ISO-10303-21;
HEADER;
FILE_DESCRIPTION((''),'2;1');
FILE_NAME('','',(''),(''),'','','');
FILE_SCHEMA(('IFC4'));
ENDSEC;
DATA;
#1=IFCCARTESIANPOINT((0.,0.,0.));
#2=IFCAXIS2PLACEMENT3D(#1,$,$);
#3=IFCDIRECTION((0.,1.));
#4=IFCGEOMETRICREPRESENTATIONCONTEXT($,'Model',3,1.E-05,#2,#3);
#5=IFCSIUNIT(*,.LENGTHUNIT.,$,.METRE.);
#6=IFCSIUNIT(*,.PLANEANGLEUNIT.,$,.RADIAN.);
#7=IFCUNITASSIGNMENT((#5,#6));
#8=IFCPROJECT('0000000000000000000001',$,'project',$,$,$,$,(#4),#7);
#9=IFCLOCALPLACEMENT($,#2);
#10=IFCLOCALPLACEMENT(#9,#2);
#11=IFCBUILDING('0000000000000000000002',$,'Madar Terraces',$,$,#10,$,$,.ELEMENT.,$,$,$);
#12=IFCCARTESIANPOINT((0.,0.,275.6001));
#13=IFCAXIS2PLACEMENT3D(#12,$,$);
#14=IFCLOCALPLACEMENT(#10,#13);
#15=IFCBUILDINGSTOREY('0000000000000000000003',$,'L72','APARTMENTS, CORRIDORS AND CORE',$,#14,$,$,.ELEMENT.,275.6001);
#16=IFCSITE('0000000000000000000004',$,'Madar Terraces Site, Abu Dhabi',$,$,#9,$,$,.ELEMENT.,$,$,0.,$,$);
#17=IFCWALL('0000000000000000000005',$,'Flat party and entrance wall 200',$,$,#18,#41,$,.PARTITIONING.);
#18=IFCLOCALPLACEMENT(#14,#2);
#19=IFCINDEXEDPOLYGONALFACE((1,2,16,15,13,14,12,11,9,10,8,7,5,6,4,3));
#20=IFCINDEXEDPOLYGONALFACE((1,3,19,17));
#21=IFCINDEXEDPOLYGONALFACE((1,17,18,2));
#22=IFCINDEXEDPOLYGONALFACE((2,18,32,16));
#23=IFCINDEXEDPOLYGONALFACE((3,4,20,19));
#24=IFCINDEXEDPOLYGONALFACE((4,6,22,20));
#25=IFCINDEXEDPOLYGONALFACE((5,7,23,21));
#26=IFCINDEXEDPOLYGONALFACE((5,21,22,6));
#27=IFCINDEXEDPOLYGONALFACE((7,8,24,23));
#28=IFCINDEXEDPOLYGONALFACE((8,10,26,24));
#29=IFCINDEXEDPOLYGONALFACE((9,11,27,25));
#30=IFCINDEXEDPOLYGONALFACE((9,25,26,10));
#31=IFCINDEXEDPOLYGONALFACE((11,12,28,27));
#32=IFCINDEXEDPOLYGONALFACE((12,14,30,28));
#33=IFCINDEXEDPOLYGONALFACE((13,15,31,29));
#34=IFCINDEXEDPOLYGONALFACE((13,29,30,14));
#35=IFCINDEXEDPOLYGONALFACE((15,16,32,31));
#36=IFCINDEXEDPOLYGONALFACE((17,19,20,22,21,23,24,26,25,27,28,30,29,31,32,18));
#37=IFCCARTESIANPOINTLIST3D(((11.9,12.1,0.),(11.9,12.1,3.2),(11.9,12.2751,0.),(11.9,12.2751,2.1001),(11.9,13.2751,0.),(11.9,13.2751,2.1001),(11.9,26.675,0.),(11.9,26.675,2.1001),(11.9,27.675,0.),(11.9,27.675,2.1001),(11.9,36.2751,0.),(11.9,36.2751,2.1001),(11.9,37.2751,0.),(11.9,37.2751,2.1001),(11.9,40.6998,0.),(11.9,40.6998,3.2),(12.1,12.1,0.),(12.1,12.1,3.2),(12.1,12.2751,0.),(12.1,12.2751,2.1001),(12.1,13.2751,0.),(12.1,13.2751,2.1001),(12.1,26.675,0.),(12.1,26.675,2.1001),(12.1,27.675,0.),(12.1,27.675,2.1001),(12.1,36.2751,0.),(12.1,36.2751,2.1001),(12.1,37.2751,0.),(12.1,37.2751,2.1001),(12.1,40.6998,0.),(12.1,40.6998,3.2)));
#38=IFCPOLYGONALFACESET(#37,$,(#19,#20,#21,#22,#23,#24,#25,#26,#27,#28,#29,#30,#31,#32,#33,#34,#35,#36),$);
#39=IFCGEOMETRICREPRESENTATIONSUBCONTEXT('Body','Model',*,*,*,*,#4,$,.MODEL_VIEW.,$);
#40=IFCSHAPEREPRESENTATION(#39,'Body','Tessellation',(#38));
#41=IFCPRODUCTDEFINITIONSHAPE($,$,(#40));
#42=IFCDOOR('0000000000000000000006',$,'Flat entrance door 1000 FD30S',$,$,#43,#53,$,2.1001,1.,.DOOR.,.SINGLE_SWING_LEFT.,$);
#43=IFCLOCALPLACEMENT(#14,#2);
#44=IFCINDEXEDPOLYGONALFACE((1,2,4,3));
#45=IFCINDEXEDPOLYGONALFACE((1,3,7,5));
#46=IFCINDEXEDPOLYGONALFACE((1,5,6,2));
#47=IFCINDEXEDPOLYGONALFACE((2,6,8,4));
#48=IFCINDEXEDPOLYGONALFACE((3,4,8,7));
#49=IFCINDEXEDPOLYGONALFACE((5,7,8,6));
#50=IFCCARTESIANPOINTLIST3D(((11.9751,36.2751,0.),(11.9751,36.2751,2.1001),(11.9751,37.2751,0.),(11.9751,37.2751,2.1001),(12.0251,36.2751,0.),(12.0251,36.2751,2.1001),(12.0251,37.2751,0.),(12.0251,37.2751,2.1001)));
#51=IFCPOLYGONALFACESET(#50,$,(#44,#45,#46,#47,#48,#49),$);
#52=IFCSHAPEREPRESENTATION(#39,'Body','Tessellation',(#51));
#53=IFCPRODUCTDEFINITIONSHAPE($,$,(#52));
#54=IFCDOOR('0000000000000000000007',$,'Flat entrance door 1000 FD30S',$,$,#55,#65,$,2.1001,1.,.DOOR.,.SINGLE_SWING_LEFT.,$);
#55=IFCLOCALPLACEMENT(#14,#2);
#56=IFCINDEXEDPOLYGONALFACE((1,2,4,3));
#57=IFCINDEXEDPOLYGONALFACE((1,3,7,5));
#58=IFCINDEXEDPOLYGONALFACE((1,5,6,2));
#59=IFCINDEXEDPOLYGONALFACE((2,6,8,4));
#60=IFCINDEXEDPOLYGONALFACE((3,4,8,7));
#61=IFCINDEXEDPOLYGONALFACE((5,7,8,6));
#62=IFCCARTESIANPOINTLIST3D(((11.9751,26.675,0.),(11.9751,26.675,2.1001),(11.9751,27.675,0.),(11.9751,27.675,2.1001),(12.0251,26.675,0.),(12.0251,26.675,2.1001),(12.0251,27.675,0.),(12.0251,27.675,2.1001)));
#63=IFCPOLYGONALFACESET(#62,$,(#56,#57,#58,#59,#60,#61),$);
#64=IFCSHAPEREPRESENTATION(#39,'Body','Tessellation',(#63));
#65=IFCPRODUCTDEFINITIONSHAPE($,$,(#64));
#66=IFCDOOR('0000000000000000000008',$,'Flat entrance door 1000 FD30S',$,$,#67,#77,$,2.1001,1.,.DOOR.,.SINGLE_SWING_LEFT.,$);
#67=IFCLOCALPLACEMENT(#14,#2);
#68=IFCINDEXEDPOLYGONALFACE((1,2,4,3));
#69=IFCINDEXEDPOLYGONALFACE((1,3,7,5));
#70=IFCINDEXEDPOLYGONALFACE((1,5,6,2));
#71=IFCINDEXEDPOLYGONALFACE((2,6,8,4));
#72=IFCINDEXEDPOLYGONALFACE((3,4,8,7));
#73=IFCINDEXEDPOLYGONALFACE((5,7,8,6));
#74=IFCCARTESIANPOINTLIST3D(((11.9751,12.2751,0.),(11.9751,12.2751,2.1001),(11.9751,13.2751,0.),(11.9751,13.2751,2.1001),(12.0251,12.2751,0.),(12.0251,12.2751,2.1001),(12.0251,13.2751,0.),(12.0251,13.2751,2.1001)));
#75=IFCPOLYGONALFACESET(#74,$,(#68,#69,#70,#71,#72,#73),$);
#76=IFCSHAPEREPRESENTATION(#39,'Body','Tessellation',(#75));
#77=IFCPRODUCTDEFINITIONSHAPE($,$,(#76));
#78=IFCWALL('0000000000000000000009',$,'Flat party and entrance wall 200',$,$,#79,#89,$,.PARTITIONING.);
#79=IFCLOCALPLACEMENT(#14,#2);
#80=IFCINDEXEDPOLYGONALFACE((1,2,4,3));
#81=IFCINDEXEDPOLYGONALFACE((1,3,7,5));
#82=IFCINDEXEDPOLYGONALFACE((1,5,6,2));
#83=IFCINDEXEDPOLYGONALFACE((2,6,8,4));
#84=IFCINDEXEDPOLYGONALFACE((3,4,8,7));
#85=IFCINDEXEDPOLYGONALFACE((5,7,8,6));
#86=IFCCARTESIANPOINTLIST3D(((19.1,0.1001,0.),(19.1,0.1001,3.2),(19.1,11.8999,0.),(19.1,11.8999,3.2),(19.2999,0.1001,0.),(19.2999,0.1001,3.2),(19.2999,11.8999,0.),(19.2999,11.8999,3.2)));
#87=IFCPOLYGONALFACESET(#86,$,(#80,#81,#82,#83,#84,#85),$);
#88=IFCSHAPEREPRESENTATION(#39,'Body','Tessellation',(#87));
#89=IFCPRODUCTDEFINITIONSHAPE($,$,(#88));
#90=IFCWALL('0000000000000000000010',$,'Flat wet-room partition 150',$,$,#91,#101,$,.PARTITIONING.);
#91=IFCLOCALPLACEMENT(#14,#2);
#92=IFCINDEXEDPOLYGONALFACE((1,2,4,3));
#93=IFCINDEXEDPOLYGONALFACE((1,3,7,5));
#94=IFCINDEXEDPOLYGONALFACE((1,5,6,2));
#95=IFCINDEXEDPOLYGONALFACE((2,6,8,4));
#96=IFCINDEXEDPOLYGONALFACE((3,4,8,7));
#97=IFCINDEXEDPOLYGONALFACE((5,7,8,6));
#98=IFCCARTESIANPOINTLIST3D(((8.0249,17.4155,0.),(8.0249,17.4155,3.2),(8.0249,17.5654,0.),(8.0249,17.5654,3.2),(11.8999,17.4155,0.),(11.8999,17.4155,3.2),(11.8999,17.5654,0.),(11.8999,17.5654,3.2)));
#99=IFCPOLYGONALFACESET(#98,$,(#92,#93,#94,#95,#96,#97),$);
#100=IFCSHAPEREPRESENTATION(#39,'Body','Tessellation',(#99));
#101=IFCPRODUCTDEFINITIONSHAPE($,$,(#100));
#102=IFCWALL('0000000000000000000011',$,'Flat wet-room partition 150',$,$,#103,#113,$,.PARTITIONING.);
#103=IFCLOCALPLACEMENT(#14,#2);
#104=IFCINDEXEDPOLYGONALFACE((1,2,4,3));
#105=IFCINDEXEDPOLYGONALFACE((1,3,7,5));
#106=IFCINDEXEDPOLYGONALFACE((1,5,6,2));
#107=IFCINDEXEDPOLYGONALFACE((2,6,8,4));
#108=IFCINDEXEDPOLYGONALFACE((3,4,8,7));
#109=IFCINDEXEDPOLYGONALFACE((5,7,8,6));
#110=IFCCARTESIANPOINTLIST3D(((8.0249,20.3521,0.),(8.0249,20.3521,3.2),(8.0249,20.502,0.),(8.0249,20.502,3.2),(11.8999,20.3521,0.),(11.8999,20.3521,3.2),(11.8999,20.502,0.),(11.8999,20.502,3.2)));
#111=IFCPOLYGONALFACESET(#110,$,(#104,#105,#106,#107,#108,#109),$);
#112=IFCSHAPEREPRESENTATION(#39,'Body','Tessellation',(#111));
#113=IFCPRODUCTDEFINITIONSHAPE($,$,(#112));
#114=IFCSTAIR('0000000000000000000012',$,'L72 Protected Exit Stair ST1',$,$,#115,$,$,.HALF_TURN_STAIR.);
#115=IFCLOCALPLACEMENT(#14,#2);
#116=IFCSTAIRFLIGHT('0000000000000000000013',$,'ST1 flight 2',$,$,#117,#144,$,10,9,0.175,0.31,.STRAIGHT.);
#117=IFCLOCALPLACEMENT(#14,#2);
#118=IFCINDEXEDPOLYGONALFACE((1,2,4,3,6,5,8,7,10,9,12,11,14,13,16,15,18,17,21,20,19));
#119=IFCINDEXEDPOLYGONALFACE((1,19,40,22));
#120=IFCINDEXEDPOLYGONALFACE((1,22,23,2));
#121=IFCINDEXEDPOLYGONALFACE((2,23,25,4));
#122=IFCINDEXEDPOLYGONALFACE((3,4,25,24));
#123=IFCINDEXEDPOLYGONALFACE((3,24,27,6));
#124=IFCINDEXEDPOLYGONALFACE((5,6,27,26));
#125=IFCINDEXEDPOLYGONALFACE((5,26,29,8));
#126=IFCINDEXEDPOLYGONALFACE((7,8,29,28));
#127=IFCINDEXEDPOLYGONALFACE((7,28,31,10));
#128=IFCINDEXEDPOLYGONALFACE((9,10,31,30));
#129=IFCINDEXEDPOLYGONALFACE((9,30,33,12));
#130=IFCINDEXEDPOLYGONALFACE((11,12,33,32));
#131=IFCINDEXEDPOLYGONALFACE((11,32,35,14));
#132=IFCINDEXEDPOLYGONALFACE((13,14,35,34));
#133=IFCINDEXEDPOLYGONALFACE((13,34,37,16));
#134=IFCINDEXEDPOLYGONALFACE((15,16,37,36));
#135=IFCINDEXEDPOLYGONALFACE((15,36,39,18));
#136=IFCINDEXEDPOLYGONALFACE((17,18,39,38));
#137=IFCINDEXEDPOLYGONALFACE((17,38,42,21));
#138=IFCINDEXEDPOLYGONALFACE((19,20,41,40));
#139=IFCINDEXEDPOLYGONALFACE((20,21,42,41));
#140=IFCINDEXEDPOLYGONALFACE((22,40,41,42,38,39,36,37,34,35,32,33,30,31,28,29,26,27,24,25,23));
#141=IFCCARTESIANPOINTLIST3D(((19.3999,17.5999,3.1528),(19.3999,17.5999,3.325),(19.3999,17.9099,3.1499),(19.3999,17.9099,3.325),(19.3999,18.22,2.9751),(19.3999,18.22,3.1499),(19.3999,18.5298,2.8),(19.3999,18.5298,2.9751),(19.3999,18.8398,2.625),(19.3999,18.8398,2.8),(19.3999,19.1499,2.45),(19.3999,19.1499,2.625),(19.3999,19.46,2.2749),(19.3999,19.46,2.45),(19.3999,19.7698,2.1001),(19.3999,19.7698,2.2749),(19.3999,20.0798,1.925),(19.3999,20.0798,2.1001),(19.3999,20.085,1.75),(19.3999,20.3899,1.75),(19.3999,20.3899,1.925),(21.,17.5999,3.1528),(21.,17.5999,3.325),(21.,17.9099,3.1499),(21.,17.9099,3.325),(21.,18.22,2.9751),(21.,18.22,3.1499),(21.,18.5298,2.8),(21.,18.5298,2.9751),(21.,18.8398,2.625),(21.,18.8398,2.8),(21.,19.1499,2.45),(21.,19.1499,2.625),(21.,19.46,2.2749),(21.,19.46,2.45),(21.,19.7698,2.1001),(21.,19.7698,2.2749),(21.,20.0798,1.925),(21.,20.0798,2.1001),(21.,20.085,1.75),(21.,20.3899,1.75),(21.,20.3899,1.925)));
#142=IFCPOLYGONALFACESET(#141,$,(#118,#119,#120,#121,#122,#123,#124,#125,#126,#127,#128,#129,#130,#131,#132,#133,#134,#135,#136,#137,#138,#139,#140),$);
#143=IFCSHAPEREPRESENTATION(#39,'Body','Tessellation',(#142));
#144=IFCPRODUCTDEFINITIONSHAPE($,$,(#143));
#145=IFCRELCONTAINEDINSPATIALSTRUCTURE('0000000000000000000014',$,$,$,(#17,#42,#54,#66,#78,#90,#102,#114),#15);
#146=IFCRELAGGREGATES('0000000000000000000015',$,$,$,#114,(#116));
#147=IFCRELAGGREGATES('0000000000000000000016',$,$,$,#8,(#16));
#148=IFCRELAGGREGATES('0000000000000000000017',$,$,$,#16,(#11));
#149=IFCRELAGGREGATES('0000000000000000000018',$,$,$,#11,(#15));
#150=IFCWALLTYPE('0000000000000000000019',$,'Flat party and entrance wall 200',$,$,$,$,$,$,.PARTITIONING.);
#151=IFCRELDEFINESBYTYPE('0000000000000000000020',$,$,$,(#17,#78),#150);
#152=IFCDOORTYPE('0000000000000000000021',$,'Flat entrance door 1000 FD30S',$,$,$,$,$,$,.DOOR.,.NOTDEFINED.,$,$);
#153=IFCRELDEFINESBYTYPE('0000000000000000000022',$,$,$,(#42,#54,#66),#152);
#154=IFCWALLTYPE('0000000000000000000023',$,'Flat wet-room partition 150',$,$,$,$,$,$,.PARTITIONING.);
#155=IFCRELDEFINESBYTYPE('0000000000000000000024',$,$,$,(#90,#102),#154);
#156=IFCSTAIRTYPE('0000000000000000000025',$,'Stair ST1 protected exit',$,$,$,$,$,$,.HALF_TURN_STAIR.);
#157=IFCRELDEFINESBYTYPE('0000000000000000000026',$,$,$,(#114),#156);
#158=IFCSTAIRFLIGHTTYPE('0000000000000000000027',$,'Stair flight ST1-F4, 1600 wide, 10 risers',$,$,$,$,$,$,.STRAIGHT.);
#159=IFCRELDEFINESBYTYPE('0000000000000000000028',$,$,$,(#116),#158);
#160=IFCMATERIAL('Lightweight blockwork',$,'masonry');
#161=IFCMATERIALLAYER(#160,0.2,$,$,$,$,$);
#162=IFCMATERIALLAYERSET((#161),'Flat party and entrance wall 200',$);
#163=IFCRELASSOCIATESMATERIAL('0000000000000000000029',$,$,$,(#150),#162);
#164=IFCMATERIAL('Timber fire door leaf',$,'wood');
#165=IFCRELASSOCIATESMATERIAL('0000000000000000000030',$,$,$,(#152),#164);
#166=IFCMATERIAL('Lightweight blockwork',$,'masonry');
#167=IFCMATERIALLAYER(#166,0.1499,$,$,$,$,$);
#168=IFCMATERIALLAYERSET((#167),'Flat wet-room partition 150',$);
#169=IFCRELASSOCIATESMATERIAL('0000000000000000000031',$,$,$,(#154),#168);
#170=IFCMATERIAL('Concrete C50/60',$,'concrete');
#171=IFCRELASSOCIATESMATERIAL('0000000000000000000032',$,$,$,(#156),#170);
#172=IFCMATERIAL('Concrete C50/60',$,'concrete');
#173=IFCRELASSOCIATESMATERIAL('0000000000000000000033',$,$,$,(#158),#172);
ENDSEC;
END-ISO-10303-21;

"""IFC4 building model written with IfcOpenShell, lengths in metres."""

from ifc_helpers import new_model, si_unit, direction, frame, frame_2d, origin, place, context, subcontext, project, spatial, polyline, rectangle, outline, extrude, material, layer, layer_set, type_object, element, fill, aggregate, save


model = new_model("IFC4")

# Units and contexts
model_context = context("Model", 3, precision=1e-05, world=origin(), true_north=direction((0.0, 1.0)))
body_context = subcontext(model_context, "Body", "Model", "MODEL_VIEW")
ifc_project = project(units=[si_unit("LENGTHUNIT", "METRE"), si_unit("PLANEANGLEUNIT", "RADIAN")], contexts=[model_context])

# Site, building, storey
site_placement = place(None, origin())
site = spatial("IfcSite", under=ifc_project, at=site_placement, Name="Madar Terraces Site, Abu Dhabi", CompositionType="ELEMENT", RefElevation=0.0)
building_placement = place(site_placement, origin())
building = spatial("IfcBuilding", under=site, at=building_placement, Name="Madar Terraces", CompositionType="ELEMENT")
storey_placement = place(building_placement, frame((0.0, 0.0, 275.6001)))
storey = spatial("IfcBuildingStorey", under=building, at=storey_placement, Name="L72", Description="APARTMENTS, CORRIDORS AND CORE", CompositionType="ELEMENT", Elevation=275.6001)

# Wall, openings, doors
ifc_material_1 = material(Name="Lightweight blockwork", Category="masonry")
ifc_layer_1 = layer(ifc_material_1, 0.2)
ifc_layer_set_1 = layer_set([ifc_layer_1], Name="Flat party and entrance wall 200")
wall_type_1 = type_object("IfcWallType", Name="Flat party and entrance wall 200", PredefinedType="PARTITIONING", material=ifc_layer_set_1)
wall_1_placement = place(storey_placement, frame((12.0, 12.1001, 0.0), z_axis=(0.0, 0.0, 1.0), x_axis=(0.0, 1.0, 0.0)))
wall_1 = element("IfcWall", 1, at=wall_1_placement, inside=storey, type_object=wall_type_1, Name="Flat party and entrance wall 200", PredefinedType="PARTITIONING", context=body_context, shape_type="SweptSolid", body=[
    extrude(rectangle(XDim=28.5999, YDim=0.2, at=frame_2d((14.2998, 0.0))), origin(), (0.0, 0.0, 1.0), 3.2),
])
opening_1_placement = place(wall_1_placement, frame((24.175, 0.0, 0.0)))
opening_1 = element("IfcOpeningElement", 2, at=opening_1_placement, cuts=wall_1, PredefinedType="OPENING", context=body_context, shape_type="SweptSolid", body=[
    extrude(rectangle(XDim=1.0, YDim=2.1001, at=frame_2d((0.5, 1.05))), frame((0.0, 0.1099, 0.0), z_axis=(0.0, -1.0, 0.0), x_axis=(1.0, 0.0, 0.0)), (0.0, 0.0, 1.0), 0.22),
])
opening_2_placement = place(wall_1_placement, frame((14.575, 0.0, 0.0)))
opening_2 = element("IfcOpeningElement", 3, at=opening_2_placement, cuts=wall_1, PredefinedType="OPENING", context=body_context, shape_type="SweptSolid", body=[
    extrude(rectangle(XDim=1.0, YDim=2.1001, at=frame_2d((0.5, 1.05))), frame((0.0, 0.1099, 0.0), z_axis=(0.0, -1.0, 0.0), x_axis=(1.0, 0.0, 0.0)), (0.0, 0.0, 1.0), 0.22),
])
opening_3_placement = place(wall_1_placement, frame((0.175, 0.0, 0.0)))
opening_3 = element("IfcOpeningElement", 4, at=opening_3_placement, cuts=wall_1, PredefinedType="OPENING", context=body_context, shape_type="SweptSolid", body=[
    extrude(rectangle(XDim=1.0, YDim=2.1001, at=frame_2d((0.5, 1.05))), frame((0.0, 0.1099, 0.0), z_axis=(0.0, -1.0, 0.0), x_axis=(1.0, 0.0, 0.0)), (0.0, 0.0, 1.0), 0.22),
])
ifc_material_2 = material(Name="Timber fire door leaf", Category="wood")
door_type_1 = type_object("IfcDoorType", Name="Flat entrance door 1000 FD30S", OperationType="NOTDEFINED", PredefinedType="DOOR", material=ifc_material_2)
door_1_placement = place(opening_1_placement, origin())
door_1 = element("IfcDoor", 5, at=door_1_placement, inside=storey, type_object=door_type_1, Name="Flat entrance door 1000 FD30S", OperationType="SINGLE_SWING_LEFT", OverallHeight=2.1001, OverallWidth=1.0, PredefinedType="DOOR", context=body_context, shape_type="SweptSolid", body=[
    extrude(rectangle(XDim=1.0, YDim=2.1001, at=frame_2d((0.5, 1.05))), frame((0.0, 0.0249, 0.0), z_axis=(0.0, -1.0, 0.0), x_axis=(1.0, 0.0, 0.0)), (0.0, 0.0, 1.0), 0.05),
])
fill(opening_1, door_1)
door_2_placement = place(opening_2_placement, origin())
door_2 = element("IfcDoor", 6, at=door_2_placement, inside=storey, type_object=door_type_1, Name="Flat entrance door 1000 FD30S", OperationType="SINGLE_SWING_LEFT", OverallHeight=2.1001, OverallWidth=1.0, PredefinedType="DOOR", context=body_context, shape_type="SweptSolid", body=[
    extrude(rectangle(XDim=1.0, YDim=2.1001, at=frame_2d((0.5, 1.05))), frame((0.0, 0.0249, 0.0), z_axis=(0.0, -1.0, 0.0), x_axis=(1.0, 0.0, 0.0)), (0.0, 0.0, 1.0), 0.05),
])
fill(opening_2, door_2)
door_3_placement = place(opening_3_placement, origin())
door_3 = element("IfcDoor", 7, at=door_3_placement, inside=storey, type_object=door_type_1, Name="Flat entrance door 1000 FD30S", OperationType="SINGLE_SWING_LEFT", OverallHeight=2.1001, OverallWidth=1.0, PredefinedType="DOOR", context=body_context, shape_type="SweptSolid", body=[
    extrude(rectangle(XDim=1.0, YDim=2.1001, at=frame_2d((0.5, 1.05))), frame((0.0, 0.0249, 0.0), z_axis=(0.0, -1.0, 0.0), x_axis=(1.0, 0.0, 0.0)), (0.0, 0.0, 1.0), 0.05),
])
fill(opening_3, door_3)

# Walls
wall_2_placement = place(storey_placement, frame((19.2, 11.8999, 0.0), z_axis=(0.0, 0.0, 1.0), x_axis=(0.0, -1.0, 0.0)))
element("IfcWall", 8, at=wall_2_placement, inside=storey, type_object=wall_type_1, Name="Flat party and entrance wall 200", PredefinedType="PARTITIONING", context=body_context, shape_type="SweptSolid", body=[
    extrude(rectangle(XDim=11.7998, YDim=0.2, at=frame_2d((5.8999, 0.0))), origin(), (0.0, 0.0, 1.0), 3.2),
])
ifc_material_3 = material(Name="Lightweight blockwork", Category="masonry")
ifc_layer_2 = layer(ifc_material_3, 0.1499)
ifc_layer_set_2 = layer_set([ifc_layer_2], Name="Flat wet-room partition 150")
wall_type_2 = type_object("IfcWallType", Name="Flat wet-room partition 150", PredefinedType="PARTITIONING", material=ifc_layer_set_2)
for number, where, z_axis, x_axis, name in (
    (9, (11.8999, 17.4905, 0.0), (0.0, 0.0, 1.0), (-1.0, 0.0, 0.0), "Flat wet-room partition 150"),
    (10, (11.8999, 20.427, 0.0), (0.0, 0.0, 1.0), (-1.0, 0.0, 0.0), "Flat wet-room partition 150"),
):
    element("IfcWall", number, at=place(storey_placement, frame(where, z_axis=z_axis, x_axis=x_axis)), inside=storey, type_object=wall_type_2, Name=name, PredefinedType="PARTITIONING", context=body_context, shape_type="SweptSolid", body=[
        extrude(rectangle(XDim=3.875, YDim=0.1499, at=frame_2d((1.9375, 0.0))), origin(), (0.0, 0.0, 1.0), 3.2),
    ])

# Stair, stair flight
ifc_material_4 = material(Name="Concrete C50/60", Category="concrete")
stair_type = type_object("IfcStairType", Name="Stair ST1 protected exit", PredefinedType="HALF_TURN_STAIR", material=ifc_material_4)
stair_placement = place(storey_placement, origin())
stair = element("IfcStair", 11, at=stair_placement, inside=storey, type_object=stair_type, Name="L72 Protected Exit Stair ST1", PredefinedType="HALF_TURN_STAIR")
ifc_material_5 = material(Name="Concrete C50/60", Category="concrete")
stair_flight_type = type_object("IfcStairFlightType", Name="Stair flight ST1-F4, 1600 wide, 10 risers", PredefinedType="STRAIGHT", material=ifc_material_5)
stair_flight_placement = place(storey_placement, frame((20.2, 20.3899, 1.75), z_axis=(0.0, 0.0, 1.0), x_axis=(0.0, -1.0, 0.0)))
stair_flight = element("IfcStairFlight", 12, at=stair_flight_placement, type_object=stair_flight_type, Name="ST1 flight 2", NumberOfRisers=10, NumberOfTreads=9, PredefinedType="STRAIGHT", RiserHeight=0.175, TreadLength=0.31, context=body_context, shape_type="SweptSolid", body=[
    extrude(outline(polyline([(0.0, 0.0), (0.0, 0.175), (0.3101, 0.175), (0.3101, 0.3501), (0.6201, 0.3501), (0.6201, 0.5249), (0.9299, 0.5249), (0.9299, 0.7), (1.24, 0.7), (1.24, 0.875), (1.55, 0.875), (1.55, 1.05), (1.8601, 1.05), (1.8601, 1.2251), (2.1699, 1.2251), (2.1699, 1.3999), (2.48, 1.3999), (2.48, 1.575), (2.79, 1.575), (2.79, 1.75), (2.79, 1.4028), (0.3049, 0.0), (0.0, 0.0)])), frame((0.0, 0.8, 0.0), z_axis=(0.0, -1.0, 0.0), x_axis=(1.0, 0.0, 0.0)), (0.0, 0.0, 1.0), 1.6001),
])
aggregate(stair, [stair_flight])

save(model, "model.ifc")
